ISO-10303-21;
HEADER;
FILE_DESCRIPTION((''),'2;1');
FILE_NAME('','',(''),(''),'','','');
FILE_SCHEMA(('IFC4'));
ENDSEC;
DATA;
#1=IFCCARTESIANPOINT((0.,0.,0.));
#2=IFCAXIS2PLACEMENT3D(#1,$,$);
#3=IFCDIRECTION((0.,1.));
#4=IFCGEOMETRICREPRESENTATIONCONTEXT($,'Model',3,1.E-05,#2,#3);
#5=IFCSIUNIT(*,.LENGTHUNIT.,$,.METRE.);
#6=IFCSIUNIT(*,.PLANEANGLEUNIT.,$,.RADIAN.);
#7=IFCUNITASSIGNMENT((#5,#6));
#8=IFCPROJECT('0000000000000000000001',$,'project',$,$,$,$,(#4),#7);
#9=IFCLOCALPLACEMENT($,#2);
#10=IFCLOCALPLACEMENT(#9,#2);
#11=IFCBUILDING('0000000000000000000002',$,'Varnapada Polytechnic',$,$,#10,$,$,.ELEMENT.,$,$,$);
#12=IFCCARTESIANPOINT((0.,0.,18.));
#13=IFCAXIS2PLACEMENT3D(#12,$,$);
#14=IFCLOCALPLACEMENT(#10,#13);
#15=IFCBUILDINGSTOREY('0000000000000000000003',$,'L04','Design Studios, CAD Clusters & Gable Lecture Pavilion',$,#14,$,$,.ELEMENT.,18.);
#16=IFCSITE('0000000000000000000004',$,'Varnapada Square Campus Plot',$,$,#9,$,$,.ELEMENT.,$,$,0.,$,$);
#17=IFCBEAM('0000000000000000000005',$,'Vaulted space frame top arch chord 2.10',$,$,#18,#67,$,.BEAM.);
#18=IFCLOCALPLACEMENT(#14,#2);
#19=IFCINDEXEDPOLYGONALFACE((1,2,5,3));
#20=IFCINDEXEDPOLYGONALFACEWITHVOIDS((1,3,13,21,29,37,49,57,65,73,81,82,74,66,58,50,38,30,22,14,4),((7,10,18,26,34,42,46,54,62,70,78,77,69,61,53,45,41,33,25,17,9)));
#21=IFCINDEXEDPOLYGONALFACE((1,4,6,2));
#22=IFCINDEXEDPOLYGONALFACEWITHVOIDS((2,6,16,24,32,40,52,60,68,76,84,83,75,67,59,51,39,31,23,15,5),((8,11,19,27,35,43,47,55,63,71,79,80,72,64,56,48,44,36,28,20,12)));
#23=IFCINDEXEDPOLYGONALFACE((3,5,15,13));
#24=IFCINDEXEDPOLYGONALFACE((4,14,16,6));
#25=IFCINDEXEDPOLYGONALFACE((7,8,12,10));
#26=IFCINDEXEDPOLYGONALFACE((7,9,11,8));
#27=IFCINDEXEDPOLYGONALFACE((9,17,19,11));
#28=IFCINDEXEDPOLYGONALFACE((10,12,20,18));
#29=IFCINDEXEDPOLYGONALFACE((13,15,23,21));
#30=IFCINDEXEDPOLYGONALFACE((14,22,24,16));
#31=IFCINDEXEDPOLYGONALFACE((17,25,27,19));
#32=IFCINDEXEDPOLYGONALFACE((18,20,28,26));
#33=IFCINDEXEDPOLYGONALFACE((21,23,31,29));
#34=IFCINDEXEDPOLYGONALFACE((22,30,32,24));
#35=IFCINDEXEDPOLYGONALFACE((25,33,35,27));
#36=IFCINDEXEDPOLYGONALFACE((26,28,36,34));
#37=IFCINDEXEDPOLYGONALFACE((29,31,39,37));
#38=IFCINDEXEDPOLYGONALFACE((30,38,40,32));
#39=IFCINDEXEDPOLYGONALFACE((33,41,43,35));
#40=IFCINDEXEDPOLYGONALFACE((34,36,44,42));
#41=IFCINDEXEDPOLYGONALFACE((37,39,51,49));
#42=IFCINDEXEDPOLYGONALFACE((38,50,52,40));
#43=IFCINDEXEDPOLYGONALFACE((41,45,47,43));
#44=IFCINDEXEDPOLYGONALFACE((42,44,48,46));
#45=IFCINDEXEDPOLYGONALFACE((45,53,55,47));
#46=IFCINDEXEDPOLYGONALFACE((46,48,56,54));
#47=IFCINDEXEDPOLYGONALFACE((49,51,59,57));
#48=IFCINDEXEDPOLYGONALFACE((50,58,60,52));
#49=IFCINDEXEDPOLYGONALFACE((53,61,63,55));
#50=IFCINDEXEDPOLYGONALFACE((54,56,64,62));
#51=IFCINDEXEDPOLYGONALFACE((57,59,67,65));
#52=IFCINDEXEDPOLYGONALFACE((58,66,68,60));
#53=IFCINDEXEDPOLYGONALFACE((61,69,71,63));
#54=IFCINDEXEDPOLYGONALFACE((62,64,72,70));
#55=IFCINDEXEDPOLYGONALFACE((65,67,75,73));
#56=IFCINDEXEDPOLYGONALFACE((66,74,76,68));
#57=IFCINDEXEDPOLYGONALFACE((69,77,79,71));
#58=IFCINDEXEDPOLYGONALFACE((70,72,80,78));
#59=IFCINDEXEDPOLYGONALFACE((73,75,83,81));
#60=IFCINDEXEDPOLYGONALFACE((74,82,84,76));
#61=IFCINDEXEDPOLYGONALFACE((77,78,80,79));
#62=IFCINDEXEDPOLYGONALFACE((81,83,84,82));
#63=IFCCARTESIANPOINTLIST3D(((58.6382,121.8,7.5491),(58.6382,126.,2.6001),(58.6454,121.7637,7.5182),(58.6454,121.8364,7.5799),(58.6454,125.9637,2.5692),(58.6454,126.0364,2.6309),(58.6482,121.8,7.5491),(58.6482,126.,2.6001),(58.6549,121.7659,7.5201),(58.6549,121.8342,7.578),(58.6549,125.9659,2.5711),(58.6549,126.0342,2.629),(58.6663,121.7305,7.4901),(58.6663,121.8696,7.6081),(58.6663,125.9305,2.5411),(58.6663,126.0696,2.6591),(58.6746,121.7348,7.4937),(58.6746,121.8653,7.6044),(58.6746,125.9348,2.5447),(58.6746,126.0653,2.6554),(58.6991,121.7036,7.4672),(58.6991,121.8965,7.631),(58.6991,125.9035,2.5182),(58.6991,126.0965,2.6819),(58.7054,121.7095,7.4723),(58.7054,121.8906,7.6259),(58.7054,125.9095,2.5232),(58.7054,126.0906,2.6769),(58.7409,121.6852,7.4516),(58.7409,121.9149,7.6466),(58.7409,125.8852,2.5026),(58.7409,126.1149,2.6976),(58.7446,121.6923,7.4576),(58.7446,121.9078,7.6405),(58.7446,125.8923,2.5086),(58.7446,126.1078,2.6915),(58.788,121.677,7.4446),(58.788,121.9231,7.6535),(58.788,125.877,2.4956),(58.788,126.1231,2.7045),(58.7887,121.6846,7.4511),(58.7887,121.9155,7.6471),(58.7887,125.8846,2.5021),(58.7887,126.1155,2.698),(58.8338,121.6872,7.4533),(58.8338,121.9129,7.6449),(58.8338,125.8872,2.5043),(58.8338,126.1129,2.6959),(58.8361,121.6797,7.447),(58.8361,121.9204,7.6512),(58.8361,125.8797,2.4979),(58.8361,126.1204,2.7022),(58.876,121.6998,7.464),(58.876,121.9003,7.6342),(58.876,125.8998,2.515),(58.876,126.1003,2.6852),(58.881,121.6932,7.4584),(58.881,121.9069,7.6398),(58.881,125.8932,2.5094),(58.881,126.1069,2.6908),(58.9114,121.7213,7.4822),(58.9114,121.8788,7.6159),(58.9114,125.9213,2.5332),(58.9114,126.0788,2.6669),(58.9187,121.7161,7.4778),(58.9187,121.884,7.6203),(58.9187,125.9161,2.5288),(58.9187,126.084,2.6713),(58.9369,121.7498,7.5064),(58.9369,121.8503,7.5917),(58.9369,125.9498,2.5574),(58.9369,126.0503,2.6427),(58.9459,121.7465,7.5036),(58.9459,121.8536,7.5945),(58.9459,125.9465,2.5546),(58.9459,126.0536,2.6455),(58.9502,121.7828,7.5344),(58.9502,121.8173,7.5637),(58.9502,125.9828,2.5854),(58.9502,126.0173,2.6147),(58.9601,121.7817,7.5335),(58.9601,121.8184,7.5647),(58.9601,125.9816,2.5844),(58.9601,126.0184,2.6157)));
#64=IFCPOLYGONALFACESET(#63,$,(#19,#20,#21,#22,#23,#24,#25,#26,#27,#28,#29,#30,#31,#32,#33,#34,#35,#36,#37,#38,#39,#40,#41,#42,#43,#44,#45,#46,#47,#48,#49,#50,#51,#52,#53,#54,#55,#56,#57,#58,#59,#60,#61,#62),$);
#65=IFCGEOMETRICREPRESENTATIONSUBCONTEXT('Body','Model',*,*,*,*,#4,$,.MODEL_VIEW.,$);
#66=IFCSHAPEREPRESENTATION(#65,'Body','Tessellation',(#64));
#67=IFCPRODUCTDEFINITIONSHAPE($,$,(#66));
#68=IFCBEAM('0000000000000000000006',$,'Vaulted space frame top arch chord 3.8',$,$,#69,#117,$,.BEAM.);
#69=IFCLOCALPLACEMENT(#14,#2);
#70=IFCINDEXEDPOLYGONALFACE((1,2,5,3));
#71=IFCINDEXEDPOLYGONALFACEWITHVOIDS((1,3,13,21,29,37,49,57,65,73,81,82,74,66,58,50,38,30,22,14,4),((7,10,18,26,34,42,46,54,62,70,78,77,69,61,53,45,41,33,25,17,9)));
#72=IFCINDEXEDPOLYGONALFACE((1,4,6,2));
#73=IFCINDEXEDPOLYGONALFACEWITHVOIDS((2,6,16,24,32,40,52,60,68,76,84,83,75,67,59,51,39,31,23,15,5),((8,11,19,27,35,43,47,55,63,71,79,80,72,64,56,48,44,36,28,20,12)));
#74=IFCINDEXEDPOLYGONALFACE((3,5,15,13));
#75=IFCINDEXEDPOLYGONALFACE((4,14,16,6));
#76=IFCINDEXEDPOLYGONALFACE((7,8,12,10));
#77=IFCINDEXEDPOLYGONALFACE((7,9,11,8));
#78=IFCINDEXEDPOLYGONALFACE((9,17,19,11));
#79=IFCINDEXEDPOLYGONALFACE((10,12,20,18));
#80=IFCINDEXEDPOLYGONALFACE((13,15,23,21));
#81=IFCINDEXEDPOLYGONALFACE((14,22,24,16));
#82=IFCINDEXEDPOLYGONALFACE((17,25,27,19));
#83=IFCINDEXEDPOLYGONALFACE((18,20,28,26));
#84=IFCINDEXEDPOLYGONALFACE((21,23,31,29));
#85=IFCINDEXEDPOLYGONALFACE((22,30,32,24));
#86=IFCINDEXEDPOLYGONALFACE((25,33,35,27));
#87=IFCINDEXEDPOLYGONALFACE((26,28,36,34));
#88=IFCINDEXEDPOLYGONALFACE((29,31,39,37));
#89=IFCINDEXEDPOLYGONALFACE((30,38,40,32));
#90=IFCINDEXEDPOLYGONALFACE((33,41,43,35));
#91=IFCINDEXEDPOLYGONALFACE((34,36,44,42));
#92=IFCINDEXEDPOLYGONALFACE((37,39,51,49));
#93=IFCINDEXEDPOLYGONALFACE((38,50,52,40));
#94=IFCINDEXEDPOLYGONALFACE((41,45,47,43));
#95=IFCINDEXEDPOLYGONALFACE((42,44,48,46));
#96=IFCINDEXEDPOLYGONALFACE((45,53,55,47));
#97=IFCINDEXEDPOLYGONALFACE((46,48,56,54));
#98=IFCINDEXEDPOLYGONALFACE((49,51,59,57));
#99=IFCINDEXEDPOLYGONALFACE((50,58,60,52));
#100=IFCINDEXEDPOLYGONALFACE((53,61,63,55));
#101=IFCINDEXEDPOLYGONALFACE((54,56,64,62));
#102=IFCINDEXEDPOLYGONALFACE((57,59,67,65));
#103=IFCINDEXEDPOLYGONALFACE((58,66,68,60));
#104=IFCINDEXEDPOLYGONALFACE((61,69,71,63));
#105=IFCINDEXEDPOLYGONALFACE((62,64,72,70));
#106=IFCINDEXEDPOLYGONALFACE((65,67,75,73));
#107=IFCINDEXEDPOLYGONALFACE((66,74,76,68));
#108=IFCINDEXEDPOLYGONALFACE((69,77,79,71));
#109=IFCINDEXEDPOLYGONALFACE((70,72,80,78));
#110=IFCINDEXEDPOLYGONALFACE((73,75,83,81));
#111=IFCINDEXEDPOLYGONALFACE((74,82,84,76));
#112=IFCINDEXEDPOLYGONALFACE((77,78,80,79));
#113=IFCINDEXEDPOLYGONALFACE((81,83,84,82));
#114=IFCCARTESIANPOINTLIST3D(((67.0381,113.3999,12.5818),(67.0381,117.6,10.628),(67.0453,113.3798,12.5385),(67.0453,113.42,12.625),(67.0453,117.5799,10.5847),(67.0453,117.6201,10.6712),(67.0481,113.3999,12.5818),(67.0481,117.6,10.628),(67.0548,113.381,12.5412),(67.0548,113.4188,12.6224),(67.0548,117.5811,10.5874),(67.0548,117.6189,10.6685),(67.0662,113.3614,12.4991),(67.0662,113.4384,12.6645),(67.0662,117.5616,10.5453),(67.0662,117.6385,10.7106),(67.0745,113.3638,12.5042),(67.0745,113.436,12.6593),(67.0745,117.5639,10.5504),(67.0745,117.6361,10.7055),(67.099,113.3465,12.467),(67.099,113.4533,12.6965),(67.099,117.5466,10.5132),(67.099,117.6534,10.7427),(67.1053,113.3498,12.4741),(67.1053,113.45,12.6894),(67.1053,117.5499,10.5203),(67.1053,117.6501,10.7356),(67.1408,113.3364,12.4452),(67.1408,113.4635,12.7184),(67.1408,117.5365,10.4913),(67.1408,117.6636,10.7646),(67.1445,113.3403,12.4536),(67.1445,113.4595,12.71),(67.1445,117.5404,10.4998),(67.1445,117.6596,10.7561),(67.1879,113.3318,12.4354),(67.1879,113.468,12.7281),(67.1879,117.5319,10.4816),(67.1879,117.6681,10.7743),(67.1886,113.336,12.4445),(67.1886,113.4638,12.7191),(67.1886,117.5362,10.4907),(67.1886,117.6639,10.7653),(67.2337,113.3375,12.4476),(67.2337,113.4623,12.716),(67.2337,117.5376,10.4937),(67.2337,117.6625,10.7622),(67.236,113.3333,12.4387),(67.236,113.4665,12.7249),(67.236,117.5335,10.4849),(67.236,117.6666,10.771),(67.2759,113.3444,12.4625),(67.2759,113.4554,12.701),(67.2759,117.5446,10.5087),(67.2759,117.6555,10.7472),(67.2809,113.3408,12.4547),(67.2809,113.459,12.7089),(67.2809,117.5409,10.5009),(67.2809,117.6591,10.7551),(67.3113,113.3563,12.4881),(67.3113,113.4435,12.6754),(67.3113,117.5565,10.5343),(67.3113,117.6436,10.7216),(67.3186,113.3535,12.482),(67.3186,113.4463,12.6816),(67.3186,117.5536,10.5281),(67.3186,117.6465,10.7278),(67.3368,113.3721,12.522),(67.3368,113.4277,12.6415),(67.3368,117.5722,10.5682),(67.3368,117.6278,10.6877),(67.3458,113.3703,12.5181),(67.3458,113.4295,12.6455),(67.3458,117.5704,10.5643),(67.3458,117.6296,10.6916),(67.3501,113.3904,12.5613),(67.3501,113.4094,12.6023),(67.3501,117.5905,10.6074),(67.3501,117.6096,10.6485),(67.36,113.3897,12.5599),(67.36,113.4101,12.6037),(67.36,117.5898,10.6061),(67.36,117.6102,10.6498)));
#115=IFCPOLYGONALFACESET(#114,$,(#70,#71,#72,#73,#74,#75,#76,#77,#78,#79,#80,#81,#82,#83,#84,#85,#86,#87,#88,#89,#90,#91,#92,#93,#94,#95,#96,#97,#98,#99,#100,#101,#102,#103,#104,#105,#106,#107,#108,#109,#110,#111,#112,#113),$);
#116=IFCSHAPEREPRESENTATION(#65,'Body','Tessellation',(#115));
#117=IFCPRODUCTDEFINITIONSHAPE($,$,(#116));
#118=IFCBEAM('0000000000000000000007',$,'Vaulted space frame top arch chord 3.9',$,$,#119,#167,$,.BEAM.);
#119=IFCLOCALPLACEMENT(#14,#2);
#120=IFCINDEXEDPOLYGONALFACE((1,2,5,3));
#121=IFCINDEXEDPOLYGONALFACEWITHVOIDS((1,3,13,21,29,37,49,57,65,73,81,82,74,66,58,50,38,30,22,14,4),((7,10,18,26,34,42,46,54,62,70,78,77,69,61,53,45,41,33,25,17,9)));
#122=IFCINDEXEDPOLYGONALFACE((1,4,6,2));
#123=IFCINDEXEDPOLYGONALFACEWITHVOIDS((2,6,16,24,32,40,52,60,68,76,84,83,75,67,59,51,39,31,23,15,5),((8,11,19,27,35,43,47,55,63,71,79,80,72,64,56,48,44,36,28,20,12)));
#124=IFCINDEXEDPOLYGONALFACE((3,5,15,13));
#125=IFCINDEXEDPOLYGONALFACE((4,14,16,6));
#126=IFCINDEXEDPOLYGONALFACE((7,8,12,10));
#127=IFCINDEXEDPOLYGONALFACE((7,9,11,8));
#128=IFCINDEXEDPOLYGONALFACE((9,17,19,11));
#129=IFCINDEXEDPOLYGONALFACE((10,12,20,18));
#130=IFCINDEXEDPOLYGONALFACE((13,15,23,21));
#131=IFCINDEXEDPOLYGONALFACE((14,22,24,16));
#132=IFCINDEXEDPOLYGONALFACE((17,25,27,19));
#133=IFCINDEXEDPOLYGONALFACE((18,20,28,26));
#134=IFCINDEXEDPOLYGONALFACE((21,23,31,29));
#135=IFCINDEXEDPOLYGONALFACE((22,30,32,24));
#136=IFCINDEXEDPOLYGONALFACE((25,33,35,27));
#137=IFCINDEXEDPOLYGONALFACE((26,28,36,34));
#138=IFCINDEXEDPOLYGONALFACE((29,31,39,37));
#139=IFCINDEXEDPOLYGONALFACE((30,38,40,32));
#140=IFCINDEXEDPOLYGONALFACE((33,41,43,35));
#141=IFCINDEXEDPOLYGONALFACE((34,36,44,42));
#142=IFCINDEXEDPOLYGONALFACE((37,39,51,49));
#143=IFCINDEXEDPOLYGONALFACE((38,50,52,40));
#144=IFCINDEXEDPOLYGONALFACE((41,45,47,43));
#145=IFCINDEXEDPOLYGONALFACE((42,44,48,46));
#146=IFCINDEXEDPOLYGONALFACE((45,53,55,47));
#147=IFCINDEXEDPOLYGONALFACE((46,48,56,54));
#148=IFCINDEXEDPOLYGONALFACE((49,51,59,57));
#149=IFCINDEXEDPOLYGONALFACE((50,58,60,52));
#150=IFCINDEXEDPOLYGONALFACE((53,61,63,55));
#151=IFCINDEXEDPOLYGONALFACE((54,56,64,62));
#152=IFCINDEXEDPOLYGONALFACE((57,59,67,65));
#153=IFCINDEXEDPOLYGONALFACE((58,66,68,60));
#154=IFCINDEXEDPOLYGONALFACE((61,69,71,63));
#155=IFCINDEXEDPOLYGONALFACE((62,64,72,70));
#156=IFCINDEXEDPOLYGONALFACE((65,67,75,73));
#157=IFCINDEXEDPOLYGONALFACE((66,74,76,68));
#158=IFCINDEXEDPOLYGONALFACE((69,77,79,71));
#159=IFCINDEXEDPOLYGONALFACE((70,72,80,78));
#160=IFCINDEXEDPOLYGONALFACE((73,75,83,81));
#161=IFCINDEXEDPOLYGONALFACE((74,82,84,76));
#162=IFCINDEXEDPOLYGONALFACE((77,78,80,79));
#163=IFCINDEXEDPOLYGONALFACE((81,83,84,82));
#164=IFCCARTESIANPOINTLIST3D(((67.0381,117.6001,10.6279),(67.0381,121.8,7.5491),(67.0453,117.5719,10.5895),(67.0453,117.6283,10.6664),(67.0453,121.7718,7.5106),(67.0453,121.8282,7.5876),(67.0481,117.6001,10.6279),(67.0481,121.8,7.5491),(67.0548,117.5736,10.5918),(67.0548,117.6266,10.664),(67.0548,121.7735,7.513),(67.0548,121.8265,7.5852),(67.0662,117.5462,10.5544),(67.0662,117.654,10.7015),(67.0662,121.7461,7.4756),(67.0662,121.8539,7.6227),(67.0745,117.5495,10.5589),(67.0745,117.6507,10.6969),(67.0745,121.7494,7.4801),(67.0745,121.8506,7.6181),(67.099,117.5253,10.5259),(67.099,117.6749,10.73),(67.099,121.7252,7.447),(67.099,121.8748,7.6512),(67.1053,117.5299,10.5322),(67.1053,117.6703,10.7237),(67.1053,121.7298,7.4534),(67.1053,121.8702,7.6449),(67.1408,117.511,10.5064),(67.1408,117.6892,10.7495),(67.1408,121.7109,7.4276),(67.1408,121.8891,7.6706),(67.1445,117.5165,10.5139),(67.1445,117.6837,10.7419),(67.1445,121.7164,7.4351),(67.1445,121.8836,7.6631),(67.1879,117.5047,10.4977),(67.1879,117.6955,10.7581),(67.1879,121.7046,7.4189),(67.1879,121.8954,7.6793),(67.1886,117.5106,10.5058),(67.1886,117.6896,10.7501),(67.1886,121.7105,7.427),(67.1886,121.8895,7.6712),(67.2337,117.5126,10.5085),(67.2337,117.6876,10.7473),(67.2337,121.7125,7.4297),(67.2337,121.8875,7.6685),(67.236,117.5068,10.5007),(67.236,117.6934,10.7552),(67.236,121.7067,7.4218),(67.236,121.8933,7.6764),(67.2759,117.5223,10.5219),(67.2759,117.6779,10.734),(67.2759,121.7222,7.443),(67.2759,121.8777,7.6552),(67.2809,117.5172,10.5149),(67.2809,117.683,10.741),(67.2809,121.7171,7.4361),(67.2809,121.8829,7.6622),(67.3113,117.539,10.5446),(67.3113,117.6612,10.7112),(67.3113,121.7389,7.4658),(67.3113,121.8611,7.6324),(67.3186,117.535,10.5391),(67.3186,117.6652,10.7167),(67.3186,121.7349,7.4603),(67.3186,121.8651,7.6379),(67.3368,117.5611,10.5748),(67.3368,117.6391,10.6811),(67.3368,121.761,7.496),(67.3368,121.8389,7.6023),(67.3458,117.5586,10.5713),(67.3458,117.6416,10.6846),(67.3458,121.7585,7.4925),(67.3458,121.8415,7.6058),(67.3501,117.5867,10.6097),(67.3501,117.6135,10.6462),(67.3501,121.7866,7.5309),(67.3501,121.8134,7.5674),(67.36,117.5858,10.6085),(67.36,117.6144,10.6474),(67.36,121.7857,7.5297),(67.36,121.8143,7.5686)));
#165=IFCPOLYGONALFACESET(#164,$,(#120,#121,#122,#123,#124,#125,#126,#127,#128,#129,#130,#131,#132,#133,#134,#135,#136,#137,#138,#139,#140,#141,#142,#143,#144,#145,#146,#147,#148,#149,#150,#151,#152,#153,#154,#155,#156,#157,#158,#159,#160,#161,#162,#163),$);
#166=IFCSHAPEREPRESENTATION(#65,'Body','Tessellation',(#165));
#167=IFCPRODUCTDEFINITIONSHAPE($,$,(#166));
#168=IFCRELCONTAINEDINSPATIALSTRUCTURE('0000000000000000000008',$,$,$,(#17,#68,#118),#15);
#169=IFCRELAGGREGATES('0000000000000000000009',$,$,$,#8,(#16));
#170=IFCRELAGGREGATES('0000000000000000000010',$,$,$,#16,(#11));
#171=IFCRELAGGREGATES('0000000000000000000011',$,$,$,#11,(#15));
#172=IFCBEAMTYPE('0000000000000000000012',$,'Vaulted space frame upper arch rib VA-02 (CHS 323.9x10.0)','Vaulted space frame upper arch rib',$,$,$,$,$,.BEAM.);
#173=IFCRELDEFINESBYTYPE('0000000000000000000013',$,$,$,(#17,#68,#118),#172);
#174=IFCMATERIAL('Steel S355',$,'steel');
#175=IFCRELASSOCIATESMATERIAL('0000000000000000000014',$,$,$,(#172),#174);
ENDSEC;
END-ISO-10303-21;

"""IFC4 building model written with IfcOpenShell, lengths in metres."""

from ifc_helpers import new_model, si_unit, direction, frame, origin, origin_2d, place, context, subcontext, project, spatial, hollow_circle, extrude, material, material_profile, profile_set, type_object, element, save


model = new_model("IFC4")

# Units and contexts
model_context = context("Model", 3, precision=1e-05, world=origin(), true_north=direction((0.0, 1.0)))
body_context = subcontext(model_context, "Body", "Model", "MODEL_VIEW")
ifc_project = project(units=[si_unit("LENGTHUNIT", "METRE"), si_unit("PLANEANGLEUNIT", "RADIAN")], contexts=[model_context])

# Site, building, storey
site_placement = place(None, origin())
site = spatial("IfcSite", under=ifc_project, at=site_placement, Name="Varnapada Square Campus Plot", CompositionType="ELEMENT", RefElevation=0.0)
building_placement = place(site_placement, origin())
building = spatial("IfcBuilding", under=site, at=building_placement, Name="Varnapada Polytechnic", CompositionType="ELEMENT")
storey_placement = place(building_placement, frame((0.0, 0.0, 18.0)))
storey = spatial("IfcBuildingStorey", under=building, at=storey_placement, Name="L04", Description="Design Studios, CAD Clusters & Gable Lecture Pavilion", CompositionType="ELEMENT", Elevation=18.0)

# Shared definitions
ifc_material = material(Name="Steel S355", Category="steel")

# Beams
ifc_material_profile_1 = material_profile(ifc_material, hollow_circle(Radius=0.1619, WallThickness=0.01, at=origin_2d()), Name="CHS 323.9x10.0")
ifc_profile_set_1 = profile_set([ifc_material_profile_1], Name="Steel S355")
beam_type_1 = type_object("IfcBeamType", Name="Vaulted space frame upper arch rib VA-02 (CHS 323.9x10.0)", Description="Vaulted space frame upper arch rib", PredefinedType="BEAM", material=ifc_profile_set_1)
beam_1_placement = place(storey_placement, frame((58.8, 121.8, 7.5491), z_axis=(0.0, 0.647051, -0.762447), x_axis=(-1.0, 0.0, 0.0)))
element("IfcBeam", 1, at=beam_1_placement, inside=storey, type_object=beam_type_1, Name="Vaulted space frame top arch chord 2.10", PredefinedType="BEAM", context=body_context, shape_type="SweptSolid", body=[
    extrude(hollow_circle(Radius=0.1619, WallThickness=0.01, at=origin_2d()), origin(), (0.0, 0.0, 1.0), 6.491),
])
beam_2_placement = place(storey_placement, frame((67.2, 113.3999, 12.5818), z_axis=(0.0, 0.906698, -0.42178), x_axis=(-1.0, 0.0, 0.0)))
element("IfcBeam", 2, at=beam_2_placement, inside=storey, type_object=beam_type_1, Name="Vaulted space frame top arch chord 3.8", PredefinedType="BEAM", context=body_context, shape_type="SweptSolid", body=[
    extrude(hollow_circle(Radius=0.1619, WallThickness=0.01, at=origin_2d()), origin(), (0.0, 0.0, 1.0), 4.6323),
])
beam_3_placement = place(storey_placement, frame((67.2, 117.6001, 10.6279), z_axis=(0.0, 0.806506, -0.591225), x_axis=(-1.0, 0.0, 0.0)))
element("IfcBeam", 3, at=beam_3_placement, inside=storey, type_object=beam_type_1, Name="Vaulted space frame top arch chord 3.9", PredefinedType="BEAM", context=body_context, shape_type="SweptSolid", body=[
    extrude(hollow_circle(Radius=0.1619, WallThickness=0.01, at=origin_2d()), origin(), (0.0, 0.0, 1.0), 5.2075),
])

save(model, "model.ifc")
